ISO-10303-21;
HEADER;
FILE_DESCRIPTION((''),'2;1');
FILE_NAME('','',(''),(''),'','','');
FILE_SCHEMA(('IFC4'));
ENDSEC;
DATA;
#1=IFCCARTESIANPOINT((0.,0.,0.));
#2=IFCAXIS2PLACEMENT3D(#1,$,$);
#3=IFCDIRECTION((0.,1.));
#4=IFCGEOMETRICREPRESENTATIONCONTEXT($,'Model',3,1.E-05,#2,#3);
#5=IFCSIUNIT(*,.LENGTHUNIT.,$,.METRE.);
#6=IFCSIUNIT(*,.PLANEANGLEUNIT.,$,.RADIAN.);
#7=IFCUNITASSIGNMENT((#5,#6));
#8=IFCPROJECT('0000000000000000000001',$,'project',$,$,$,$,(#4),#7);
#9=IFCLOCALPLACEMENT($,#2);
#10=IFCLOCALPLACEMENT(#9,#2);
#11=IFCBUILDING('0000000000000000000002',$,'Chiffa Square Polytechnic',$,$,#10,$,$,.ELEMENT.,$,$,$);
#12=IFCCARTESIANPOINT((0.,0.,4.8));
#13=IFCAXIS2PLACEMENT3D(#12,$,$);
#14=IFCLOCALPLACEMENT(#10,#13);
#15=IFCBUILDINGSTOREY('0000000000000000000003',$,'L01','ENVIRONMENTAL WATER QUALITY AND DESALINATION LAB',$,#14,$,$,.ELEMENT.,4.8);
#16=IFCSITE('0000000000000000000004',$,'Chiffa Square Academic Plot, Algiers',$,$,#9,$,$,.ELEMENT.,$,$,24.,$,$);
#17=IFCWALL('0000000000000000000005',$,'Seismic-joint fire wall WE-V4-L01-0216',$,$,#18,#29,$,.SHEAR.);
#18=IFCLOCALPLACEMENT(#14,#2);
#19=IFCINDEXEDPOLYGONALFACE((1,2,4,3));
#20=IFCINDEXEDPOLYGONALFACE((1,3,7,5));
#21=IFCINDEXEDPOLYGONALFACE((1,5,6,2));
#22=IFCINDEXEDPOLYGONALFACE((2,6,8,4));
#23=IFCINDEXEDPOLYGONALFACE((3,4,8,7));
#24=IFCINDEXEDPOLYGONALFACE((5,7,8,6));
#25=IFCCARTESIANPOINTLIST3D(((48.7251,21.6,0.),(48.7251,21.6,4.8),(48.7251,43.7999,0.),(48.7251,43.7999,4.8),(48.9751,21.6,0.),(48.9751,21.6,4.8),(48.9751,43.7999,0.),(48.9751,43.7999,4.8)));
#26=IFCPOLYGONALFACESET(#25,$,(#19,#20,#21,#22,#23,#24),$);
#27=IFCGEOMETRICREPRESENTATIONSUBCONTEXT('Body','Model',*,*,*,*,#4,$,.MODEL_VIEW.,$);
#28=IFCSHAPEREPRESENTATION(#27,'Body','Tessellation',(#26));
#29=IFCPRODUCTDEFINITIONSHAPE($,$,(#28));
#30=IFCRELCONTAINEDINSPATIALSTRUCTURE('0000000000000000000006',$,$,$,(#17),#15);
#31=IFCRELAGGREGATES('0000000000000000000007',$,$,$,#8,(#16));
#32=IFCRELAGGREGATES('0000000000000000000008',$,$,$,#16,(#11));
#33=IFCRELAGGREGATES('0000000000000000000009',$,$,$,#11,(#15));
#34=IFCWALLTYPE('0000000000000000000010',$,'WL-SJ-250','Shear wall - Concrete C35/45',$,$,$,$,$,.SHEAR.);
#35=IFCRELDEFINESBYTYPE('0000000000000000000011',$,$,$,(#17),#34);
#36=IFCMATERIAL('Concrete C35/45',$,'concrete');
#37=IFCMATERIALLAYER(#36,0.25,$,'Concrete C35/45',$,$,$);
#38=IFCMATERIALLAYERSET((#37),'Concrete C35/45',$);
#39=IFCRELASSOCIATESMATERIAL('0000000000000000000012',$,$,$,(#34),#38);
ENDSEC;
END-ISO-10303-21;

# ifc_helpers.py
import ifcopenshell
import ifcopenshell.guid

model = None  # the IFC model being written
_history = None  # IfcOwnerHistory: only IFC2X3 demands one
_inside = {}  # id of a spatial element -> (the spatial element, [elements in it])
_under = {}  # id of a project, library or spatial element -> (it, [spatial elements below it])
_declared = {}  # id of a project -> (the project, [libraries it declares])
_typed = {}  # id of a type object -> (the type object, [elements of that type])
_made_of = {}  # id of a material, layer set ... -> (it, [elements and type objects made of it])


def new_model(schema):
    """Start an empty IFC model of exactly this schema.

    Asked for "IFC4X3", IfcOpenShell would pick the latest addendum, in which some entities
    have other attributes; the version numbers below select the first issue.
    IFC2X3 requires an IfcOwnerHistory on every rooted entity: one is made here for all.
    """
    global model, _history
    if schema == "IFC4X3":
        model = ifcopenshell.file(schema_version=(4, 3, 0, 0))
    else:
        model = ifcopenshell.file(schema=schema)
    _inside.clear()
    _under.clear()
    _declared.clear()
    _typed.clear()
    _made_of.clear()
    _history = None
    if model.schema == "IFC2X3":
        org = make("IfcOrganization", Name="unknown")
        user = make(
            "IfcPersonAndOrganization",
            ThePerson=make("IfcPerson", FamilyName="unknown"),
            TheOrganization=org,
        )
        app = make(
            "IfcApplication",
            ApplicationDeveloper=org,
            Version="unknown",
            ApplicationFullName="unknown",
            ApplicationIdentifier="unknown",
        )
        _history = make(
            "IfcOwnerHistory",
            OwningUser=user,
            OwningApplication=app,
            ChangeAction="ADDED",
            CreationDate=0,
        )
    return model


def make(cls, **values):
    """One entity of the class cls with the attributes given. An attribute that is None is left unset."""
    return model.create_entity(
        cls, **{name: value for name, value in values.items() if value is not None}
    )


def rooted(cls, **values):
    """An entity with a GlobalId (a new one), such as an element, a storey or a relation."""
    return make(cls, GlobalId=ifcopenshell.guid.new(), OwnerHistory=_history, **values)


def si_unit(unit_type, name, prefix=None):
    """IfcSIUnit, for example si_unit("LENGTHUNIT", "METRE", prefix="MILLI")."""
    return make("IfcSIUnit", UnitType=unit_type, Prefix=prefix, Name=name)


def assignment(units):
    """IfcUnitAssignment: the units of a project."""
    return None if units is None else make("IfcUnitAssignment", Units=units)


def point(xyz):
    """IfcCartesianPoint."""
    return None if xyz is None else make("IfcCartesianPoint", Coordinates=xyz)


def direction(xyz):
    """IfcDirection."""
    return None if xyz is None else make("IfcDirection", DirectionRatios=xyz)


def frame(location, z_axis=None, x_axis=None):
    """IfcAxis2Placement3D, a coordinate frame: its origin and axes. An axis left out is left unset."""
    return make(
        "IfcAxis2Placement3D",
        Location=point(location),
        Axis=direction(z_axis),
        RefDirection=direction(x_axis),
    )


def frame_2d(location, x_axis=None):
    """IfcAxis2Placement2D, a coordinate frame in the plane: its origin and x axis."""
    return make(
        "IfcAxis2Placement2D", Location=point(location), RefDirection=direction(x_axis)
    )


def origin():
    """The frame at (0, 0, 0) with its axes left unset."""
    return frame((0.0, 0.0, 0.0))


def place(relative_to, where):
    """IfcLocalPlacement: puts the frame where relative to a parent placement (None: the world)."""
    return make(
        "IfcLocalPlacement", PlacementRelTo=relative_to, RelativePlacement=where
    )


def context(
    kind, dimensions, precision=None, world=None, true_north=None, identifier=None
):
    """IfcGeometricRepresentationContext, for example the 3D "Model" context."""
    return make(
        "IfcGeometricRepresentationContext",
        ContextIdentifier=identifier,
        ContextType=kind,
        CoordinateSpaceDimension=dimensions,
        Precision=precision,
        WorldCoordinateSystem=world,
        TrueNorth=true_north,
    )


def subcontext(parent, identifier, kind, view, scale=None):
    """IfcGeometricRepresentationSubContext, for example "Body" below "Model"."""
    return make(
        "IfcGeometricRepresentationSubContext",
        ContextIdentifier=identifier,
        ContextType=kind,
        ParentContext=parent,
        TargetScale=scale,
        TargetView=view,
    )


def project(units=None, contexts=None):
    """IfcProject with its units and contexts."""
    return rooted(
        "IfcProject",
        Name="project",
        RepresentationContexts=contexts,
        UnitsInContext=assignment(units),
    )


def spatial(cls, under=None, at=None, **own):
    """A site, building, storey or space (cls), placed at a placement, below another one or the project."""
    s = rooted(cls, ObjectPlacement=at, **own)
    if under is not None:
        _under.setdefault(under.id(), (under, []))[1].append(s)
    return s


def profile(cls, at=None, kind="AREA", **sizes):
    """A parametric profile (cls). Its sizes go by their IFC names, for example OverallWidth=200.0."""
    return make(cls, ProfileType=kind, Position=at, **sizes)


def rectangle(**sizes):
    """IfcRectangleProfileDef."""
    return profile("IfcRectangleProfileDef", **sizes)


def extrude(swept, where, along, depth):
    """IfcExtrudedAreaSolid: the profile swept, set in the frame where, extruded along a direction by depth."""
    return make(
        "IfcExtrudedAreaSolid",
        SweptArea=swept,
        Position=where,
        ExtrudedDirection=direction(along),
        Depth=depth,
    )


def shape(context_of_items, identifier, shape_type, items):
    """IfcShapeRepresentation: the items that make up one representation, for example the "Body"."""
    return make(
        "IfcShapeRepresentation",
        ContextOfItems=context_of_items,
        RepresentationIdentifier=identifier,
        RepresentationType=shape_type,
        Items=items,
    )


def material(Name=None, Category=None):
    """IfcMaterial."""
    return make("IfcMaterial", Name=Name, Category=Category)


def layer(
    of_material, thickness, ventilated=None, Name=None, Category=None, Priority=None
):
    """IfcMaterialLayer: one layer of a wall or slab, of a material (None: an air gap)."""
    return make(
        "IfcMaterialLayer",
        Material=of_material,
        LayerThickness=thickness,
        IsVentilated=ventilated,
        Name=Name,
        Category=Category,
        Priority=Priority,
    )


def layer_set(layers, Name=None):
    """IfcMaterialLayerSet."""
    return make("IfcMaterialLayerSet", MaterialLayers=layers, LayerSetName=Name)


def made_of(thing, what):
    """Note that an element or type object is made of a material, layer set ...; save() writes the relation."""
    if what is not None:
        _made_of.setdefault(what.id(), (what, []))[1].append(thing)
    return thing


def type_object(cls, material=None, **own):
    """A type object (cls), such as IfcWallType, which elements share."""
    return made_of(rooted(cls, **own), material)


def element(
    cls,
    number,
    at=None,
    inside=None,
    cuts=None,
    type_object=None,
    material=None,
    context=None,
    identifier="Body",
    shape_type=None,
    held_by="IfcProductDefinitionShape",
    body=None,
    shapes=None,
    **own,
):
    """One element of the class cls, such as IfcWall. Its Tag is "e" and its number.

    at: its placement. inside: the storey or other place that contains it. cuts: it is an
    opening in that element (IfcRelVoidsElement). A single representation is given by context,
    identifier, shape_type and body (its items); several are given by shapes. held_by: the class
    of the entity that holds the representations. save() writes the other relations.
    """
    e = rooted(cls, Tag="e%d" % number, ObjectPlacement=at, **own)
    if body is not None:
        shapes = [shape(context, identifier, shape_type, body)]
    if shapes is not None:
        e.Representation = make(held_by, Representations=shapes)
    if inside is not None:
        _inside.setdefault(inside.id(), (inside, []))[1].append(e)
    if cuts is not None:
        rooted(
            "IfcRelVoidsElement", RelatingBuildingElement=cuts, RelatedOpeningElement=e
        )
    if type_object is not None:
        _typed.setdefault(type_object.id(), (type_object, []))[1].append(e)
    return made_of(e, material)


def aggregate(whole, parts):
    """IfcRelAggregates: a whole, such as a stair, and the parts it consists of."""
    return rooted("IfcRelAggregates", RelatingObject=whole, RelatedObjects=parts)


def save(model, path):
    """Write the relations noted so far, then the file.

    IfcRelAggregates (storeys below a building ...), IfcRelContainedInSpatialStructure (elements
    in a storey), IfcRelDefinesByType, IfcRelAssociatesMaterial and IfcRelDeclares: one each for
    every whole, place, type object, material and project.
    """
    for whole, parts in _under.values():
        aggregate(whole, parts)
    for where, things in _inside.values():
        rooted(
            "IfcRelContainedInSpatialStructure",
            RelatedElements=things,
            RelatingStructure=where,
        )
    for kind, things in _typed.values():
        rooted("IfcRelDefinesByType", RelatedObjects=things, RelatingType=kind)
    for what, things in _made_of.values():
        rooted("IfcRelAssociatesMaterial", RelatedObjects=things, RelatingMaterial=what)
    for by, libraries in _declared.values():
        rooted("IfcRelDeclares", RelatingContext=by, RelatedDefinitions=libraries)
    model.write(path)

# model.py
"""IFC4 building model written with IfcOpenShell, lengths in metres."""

from ifc_helpers import new_model, si_unit, direction, frame, frame_2d, origin, place, context, subcontext, project, spatial, rectangle, extrude, material, layer, layer_set, type_object, element, save


model = new_model("IFC4")

# Units and contexts
model_context = context("Model", 3, precision=1e-05, world=origin(), true_north=direction((0.0, 1.0)))
body_context = subcontext(model_context, "Body", "Model", "MODEL_VIEW")
ifc_project = project(units=[si_unit("LENGTHUNIT", "METRE"), si_unit("PLANEANGLEUNIT", "RADIAN")], contexts=[model_context])

# Site, building, storey
site_placement = place(None, origin())
site = spatial("IfcSite", under=ifc_project, at=site_placement, Name="Chiffa Square Academic Plot, Algiers", CompositionType="ELEMENT", RefElevation=24.0)
building_placement = place(site_placement, origin())
building = spatial("IfcBuilding", under=site, at=building_placement, Name="Chiffa Square Polytechnic", CompositionType="ELEMENT")
storey_placement = place(building_placement, frame((0.0, 0.0, 4.8)))
storey = spatial("IfcBuildingStorey", under=building, at=storey_placement, Name="L01", Description="ENVIRONMENTAL WATER QUALITY AND DESALINATION LAB", CompositionType="ELEMENT", Elevation=4.8)

# Shared definitions
ifc_material_1 = material(Name="Concrete C35/45", Category="concrete")

# Wall
ifc_layer_1 = layer(ifc_material_1, 0.25, Name="Concrete C35/45")
ifc_layer_set_1 = layer_set([ifc_layer_1], Name="Concrete C35/45")
wall_type_1 = type_object("IfcWallType", Name="WL-SJ-250", Description="Shear wall - Concrete C35/45", PredefinedType="SHEAR", material=ifc_layer_set_1)
wall_1_placement = place(storey_placement, frame((48.8501, 43.8, 0.0), z_axis=(0.0, 0.0, 1.0), x_axis=(0.0, -1.0, 0.0)))
element("IfcWall", 1, at=wall_1_placement, inside=storey, type_object=wall_type_1, Name="Seismic-joint fire wall WE-V4-L01-0216", PredefinedType="SHEAR", context=body_context, shape_type="SweptSolid", body=[
    extrude(rectangle(XDim=22.2, YDim=0.25, at=frame_2d((11.1001, 0.0))), origin(), (0.0, 0.0, 1.0), 4.8),
])

save(model, "model.ifc")
